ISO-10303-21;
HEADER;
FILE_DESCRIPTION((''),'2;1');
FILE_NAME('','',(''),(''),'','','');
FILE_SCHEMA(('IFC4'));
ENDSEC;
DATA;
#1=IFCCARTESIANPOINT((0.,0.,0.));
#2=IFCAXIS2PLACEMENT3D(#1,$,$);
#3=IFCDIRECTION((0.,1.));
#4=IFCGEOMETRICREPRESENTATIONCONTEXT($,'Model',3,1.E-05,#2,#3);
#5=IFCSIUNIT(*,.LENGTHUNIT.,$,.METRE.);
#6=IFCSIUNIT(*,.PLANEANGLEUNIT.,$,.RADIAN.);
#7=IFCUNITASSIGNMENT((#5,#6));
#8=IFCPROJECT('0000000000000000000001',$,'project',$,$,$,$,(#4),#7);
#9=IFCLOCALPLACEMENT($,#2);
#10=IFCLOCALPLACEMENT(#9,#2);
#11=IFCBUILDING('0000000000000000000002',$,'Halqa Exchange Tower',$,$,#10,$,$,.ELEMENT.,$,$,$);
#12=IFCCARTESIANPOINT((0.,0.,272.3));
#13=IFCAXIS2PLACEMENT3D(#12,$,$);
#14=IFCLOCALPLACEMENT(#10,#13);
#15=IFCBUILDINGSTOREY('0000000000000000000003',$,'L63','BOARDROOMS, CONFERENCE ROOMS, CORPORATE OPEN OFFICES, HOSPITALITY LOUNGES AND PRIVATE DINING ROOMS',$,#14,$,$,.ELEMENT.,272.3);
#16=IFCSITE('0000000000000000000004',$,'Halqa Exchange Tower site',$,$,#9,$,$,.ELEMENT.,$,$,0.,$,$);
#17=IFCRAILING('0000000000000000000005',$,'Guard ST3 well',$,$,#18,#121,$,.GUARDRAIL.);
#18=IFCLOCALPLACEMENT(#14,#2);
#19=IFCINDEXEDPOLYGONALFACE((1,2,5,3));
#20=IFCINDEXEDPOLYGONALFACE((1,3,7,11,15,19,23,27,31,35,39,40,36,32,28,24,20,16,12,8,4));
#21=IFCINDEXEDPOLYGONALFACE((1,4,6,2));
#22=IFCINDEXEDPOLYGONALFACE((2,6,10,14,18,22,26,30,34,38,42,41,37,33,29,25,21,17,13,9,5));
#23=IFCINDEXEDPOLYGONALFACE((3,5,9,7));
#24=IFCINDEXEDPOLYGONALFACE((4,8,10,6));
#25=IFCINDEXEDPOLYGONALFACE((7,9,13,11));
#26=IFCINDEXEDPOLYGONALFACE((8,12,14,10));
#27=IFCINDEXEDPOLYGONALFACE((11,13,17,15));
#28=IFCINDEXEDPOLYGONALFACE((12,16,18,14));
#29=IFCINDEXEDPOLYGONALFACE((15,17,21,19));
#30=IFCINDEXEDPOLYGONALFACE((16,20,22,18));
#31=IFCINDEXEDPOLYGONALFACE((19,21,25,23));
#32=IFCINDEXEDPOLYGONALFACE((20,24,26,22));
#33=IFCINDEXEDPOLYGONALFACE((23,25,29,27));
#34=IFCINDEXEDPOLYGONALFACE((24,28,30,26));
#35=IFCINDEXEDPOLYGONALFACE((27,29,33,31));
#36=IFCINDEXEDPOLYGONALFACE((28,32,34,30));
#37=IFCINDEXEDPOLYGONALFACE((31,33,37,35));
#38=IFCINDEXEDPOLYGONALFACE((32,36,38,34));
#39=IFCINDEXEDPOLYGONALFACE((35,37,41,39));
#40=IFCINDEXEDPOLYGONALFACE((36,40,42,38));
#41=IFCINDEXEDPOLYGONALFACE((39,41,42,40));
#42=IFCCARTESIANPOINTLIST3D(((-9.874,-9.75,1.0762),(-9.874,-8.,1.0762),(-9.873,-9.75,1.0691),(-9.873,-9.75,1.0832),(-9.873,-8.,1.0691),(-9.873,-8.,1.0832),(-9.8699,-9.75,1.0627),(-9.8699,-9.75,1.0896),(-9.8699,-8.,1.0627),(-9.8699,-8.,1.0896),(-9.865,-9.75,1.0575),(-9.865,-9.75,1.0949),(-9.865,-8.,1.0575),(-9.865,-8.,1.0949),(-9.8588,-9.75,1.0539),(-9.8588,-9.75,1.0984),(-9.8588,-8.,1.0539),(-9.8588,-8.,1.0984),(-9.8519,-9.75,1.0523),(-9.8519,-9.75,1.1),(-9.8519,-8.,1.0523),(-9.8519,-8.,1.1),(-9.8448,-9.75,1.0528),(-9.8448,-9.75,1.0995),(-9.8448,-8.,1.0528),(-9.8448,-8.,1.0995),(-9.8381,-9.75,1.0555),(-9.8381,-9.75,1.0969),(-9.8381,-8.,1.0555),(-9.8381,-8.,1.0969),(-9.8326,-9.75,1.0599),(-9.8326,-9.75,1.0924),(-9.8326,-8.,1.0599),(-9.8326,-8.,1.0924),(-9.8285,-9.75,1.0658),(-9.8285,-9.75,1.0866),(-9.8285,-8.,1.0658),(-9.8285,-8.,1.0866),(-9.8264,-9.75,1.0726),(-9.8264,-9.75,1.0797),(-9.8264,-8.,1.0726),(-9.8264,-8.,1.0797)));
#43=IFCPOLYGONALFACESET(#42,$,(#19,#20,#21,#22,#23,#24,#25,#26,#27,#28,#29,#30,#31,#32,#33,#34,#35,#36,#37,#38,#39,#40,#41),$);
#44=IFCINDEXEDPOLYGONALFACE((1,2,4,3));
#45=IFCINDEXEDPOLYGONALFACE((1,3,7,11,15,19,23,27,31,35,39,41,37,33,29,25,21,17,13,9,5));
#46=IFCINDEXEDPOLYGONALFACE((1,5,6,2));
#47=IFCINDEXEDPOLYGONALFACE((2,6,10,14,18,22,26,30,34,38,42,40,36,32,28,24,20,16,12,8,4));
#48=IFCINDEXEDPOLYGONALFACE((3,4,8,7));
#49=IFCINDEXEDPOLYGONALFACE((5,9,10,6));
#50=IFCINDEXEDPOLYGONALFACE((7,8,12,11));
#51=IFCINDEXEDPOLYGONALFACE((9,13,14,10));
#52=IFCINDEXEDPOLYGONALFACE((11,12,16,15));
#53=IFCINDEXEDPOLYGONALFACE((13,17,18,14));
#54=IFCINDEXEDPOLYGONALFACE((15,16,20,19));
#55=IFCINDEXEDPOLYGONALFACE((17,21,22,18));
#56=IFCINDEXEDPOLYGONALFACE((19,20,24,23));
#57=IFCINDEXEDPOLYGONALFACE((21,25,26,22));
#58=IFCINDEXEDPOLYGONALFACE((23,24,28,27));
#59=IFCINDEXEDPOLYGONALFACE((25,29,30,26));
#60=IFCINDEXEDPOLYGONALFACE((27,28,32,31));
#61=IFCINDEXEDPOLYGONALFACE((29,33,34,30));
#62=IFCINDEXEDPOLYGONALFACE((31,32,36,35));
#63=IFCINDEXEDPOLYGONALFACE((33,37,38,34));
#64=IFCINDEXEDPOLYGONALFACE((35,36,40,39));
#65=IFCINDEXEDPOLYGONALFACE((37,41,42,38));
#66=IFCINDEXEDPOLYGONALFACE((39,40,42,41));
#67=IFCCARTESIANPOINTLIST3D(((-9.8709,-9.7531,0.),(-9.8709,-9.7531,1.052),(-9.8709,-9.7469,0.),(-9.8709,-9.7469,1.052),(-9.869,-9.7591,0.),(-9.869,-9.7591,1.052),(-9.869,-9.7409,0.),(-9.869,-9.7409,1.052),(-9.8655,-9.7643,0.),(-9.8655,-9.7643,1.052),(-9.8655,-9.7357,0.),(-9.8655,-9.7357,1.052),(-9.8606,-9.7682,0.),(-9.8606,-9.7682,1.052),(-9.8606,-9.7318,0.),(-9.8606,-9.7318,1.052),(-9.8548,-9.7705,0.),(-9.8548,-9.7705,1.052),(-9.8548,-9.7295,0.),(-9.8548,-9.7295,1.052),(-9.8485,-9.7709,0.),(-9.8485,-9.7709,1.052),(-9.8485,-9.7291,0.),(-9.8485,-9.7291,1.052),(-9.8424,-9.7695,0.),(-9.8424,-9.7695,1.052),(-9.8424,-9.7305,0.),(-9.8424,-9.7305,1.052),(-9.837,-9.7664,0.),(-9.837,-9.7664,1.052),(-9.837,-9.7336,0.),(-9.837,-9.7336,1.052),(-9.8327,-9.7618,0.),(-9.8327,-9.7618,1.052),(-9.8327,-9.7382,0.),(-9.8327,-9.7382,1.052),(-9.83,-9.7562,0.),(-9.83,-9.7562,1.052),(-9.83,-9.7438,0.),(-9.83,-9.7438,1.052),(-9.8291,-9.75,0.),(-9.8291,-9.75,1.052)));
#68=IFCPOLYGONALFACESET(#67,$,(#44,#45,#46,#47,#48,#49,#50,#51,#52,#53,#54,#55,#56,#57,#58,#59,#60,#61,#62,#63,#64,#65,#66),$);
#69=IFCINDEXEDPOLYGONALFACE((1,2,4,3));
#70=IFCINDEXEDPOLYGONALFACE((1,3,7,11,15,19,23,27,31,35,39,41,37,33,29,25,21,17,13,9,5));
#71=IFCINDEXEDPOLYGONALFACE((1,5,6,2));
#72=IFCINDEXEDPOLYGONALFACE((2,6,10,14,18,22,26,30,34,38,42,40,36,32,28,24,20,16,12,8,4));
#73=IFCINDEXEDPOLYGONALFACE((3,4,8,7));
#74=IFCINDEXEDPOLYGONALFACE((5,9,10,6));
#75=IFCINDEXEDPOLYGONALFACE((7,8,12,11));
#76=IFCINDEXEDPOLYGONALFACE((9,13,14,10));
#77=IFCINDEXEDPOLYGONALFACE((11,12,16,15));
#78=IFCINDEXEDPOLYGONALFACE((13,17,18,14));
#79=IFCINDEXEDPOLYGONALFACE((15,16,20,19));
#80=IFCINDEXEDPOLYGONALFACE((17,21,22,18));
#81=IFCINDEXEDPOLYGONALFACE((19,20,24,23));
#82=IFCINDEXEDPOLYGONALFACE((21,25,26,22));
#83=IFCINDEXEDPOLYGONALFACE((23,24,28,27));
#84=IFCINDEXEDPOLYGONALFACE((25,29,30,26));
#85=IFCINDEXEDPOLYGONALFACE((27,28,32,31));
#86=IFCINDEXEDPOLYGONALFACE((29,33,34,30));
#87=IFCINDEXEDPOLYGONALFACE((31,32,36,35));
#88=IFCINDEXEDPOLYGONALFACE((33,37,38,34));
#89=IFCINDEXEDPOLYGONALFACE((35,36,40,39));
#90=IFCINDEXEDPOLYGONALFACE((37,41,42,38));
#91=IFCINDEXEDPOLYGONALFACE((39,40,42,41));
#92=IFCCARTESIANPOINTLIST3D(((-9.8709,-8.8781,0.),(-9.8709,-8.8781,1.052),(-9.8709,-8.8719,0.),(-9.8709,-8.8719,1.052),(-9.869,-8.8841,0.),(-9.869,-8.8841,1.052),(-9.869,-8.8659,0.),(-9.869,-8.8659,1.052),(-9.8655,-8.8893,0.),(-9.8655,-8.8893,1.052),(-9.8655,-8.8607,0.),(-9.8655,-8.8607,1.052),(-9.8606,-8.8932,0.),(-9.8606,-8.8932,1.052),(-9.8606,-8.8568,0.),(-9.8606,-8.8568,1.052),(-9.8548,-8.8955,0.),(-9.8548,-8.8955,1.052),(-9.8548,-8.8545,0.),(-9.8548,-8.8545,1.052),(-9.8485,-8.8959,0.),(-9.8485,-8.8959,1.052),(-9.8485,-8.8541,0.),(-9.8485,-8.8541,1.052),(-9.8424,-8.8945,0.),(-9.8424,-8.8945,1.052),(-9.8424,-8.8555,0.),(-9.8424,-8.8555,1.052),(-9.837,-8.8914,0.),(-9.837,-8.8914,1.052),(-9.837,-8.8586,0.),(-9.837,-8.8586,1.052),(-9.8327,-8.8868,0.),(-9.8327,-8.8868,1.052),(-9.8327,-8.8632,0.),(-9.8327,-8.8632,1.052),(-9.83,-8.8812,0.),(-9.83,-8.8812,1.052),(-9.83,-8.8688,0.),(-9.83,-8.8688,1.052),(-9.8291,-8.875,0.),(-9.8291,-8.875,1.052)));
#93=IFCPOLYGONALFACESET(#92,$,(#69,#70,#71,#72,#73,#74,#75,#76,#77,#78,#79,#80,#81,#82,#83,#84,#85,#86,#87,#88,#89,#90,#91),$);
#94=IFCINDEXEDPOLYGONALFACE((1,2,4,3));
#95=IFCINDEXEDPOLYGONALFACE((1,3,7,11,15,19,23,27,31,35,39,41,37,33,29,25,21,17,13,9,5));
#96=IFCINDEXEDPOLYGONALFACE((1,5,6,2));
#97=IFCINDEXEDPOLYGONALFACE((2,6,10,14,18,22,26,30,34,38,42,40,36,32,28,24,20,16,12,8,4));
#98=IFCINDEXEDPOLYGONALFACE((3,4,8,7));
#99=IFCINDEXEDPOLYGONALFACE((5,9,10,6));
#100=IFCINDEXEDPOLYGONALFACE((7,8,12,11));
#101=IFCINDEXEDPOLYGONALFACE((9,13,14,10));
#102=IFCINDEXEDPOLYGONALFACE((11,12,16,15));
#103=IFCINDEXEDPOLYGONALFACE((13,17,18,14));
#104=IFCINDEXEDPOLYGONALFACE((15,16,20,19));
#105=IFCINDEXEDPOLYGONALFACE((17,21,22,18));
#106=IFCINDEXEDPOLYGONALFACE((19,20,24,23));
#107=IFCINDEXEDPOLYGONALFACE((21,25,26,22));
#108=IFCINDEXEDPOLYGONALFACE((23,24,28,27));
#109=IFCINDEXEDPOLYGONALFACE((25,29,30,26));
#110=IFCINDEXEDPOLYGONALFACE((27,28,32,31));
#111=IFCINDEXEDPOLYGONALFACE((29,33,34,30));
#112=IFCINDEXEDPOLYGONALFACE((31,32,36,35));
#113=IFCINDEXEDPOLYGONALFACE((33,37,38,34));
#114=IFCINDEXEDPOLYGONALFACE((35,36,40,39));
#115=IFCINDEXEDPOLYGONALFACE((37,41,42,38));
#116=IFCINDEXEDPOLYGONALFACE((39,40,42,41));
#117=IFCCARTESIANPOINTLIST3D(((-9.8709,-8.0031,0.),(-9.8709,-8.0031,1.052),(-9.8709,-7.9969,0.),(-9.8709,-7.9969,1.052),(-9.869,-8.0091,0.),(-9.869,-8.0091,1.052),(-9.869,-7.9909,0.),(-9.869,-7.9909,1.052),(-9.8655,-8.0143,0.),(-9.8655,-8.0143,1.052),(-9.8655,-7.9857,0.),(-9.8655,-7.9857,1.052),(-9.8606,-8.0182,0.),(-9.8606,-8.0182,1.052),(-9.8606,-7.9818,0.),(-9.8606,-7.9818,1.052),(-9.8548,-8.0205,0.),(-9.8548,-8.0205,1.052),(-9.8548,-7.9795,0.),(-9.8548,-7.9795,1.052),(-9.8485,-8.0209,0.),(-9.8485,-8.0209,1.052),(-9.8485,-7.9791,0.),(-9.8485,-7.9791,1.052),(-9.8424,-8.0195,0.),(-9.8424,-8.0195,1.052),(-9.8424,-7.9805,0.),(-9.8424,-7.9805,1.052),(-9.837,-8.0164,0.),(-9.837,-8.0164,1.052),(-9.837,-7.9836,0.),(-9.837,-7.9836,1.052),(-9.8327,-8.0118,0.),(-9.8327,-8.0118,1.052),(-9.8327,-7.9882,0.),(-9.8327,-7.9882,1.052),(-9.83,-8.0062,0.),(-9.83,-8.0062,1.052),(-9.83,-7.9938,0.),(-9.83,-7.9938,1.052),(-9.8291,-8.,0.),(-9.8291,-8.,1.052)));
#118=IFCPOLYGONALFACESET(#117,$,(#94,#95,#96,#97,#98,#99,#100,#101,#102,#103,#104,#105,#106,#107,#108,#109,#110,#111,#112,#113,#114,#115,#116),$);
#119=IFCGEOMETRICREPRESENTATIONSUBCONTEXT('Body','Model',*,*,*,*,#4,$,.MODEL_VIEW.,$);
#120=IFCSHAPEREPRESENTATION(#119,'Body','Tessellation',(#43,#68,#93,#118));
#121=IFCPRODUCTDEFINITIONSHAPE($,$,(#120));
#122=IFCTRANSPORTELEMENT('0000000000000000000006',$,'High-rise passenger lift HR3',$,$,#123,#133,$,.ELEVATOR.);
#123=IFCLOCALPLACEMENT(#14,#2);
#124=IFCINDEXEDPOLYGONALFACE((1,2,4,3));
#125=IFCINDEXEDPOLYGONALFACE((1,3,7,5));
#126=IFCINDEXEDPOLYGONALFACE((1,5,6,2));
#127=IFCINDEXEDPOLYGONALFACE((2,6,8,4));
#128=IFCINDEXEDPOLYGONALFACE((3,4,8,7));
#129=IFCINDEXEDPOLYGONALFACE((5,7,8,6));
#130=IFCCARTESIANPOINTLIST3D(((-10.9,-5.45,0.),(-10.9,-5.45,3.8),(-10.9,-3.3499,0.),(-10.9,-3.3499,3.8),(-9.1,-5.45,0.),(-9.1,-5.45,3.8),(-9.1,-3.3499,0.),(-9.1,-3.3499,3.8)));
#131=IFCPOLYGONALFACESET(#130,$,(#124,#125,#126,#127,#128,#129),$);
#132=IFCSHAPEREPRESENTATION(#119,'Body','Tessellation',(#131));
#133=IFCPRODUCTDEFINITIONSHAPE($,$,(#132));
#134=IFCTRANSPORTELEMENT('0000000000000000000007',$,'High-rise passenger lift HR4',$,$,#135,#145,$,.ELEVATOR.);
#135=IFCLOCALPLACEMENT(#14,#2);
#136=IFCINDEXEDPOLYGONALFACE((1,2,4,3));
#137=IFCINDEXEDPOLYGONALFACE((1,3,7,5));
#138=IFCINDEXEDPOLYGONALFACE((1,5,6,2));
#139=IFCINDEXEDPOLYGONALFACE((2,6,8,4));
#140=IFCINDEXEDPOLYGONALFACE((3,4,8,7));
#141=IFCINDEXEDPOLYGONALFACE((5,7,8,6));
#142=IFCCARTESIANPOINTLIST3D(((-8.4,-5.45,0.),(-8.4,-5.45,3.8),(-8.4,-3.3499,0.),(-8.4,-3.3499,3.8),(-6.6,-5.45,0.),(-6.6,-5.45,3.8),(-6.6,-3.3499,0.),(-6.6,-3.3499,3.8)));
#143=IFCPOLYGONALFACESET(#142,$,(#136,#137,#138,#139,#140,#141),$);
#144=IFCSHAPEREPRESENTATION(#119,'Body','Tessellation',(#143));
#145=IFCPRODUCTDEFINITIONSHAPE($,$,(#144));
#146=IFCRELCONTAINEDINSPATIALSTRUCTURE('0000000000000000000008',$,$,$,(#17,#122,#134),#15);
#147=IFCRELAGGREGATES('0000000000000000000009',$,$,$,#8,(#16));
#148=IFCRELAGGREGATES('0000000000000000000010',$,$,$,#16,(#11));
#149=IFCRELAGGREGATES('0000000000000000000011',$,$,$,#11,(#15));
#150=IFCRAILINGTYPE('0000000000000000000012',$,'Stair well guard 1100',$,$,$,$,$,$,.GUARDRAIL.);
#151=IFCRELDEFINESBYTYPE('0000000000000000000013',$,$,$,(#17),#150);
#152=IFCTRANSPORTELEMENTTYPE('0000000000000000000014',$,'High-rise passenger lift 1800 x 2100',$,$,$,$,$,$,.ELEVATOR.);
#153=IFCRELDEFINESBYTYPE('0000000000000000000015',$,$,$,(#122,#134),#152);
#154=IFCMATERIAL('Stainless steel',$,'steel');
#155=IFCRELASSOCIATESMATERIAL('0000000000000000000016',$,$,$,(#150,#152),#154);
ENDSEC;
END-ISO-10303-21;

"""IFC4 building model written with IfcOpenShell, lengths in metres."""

from ifc_helpers import new_model, si_unit, direction, frame, origin, origin_2d, place, context, subcontext, project, spatial, rectangle, circle, extrude, material, type_object, element, save


model = new_model("IFC4")

# Units and contexts
model_context = context("Model", 3, precision=1e-05, world=origin(), true_north=direction((0.0, 1.0)))
body_context = subcontext(model_context, "Body", "Model", "MODEL_VIEW")
ifc_project = project(units=[si_unit("LENGTHUNIT", "METRE"), si_unit("PLANEANGLEUNIT", "RADIAN")], contexts=[model_context])

# Site, building, storey
site_placement = place(None, origin())
site = spatial("IfcSite", under=ifc_project, at=site_placement, Name="Halqa Exchange Tower site", CompositionType="ELEMENT", RefElevation=0.0)
building_placement = place(site_placement, origin())
building = spatial("IfcBuilding", under=site, at=building_placement, Name="Halqa Exchange Tower", CompositionType="ELEMENT")
storey_placement = place(building_placement, frame((0.0, 0.0, 272.3)))
storey = spatial("IfcBuildingStorey", under=building, at=storey_placement, Name="L63", Description="BOARDROOMS, CONFERENCE ROOMS, CORPORATE OPEN OFFICES, HOSPITALITY LOUNGES AND PRIVATE DINING ROOMS", CompositionType="ELEMENT", Elevation=272.3)

# Shared definitions
ifc_material_1 = material(Name="Stainless steel", Category="steel")

# Railing
railing_type_1 = type_object("IfcRailingType", Name="Stair well guard 1100", PredefinedType="GUARDRAIL", material=ifc_material_1)
railing_1_placement = place(storey_placement, frame((-9.8501, -9.75, 0.0)))
element("IfcRailing", 1, at=railing_1_placement, inside=storey, type_object=railing_type_1, Name="Guard ST3 well", PredefinedType="GUARDRAIL", context=body_context, shape_type="SweptSolid", body=[
    extrude(circle(Radius=0.0239, at=origin_2d()), frame((0.0, 0.0, 1.0762), z_axis=(0.0, 1.0, 0.0), x_axis=(-1.0, 0.0, 0.0)), (0.0, 0.0, 1.0), 1.75),
    extrude(circle(Radius=0.021, at=origin_2d()), origin(), (0.0, 0.0, 1.0), 1.052),
    extrude(circle(Radius=0.021, at=origin_2d()), frame((0.0, 0.875, 0.0)), (0.0, 0.0, 1.0), 1.052),
    extrude(circle(Radius=0.021, at=origin_2d()), frame((0.0, 1.75, 0.0)), (0.0, 0.0, 1.0), 1.052),
])

# Transport elements
transport_element_type = type_object("IfcTransportElementType", Name="High-rise passenger lift 1800 x 2100", PredefinedType="ELEVATOR", material=ifc_material_1)
for number, where, z_axis, x_axis, name in (
    (2, (-10.0, -4.3999, 0.0), (0.0, 0.0, 1.0), (1.0, 0.0, 0.0), "High-rise passenger lift HR3"),
    (3, (-7.5, -4.3999, 0.0), (0.0, 0.0, 1.0), (1.0, 0.0, 0.0), "High-rise passenger lift HR4"),
):
    element("IfcTransportElement", number, at=place(storey_placement, frame(where, z_axis=z_axis, x_axis=x_axis)), inside=storey, type_object=transport_element_type, Name=name, PredefinedType="ELEVATOR", context=body_context, shape_type="SweptSolid", body=[
        extrude(rectangle(XDim=1.8, YDim=2.1001, at=origin_2d()), origin(), (0.0, 0.0, 1.0), 3.8),
    ])

save(model, "model.ifc")
